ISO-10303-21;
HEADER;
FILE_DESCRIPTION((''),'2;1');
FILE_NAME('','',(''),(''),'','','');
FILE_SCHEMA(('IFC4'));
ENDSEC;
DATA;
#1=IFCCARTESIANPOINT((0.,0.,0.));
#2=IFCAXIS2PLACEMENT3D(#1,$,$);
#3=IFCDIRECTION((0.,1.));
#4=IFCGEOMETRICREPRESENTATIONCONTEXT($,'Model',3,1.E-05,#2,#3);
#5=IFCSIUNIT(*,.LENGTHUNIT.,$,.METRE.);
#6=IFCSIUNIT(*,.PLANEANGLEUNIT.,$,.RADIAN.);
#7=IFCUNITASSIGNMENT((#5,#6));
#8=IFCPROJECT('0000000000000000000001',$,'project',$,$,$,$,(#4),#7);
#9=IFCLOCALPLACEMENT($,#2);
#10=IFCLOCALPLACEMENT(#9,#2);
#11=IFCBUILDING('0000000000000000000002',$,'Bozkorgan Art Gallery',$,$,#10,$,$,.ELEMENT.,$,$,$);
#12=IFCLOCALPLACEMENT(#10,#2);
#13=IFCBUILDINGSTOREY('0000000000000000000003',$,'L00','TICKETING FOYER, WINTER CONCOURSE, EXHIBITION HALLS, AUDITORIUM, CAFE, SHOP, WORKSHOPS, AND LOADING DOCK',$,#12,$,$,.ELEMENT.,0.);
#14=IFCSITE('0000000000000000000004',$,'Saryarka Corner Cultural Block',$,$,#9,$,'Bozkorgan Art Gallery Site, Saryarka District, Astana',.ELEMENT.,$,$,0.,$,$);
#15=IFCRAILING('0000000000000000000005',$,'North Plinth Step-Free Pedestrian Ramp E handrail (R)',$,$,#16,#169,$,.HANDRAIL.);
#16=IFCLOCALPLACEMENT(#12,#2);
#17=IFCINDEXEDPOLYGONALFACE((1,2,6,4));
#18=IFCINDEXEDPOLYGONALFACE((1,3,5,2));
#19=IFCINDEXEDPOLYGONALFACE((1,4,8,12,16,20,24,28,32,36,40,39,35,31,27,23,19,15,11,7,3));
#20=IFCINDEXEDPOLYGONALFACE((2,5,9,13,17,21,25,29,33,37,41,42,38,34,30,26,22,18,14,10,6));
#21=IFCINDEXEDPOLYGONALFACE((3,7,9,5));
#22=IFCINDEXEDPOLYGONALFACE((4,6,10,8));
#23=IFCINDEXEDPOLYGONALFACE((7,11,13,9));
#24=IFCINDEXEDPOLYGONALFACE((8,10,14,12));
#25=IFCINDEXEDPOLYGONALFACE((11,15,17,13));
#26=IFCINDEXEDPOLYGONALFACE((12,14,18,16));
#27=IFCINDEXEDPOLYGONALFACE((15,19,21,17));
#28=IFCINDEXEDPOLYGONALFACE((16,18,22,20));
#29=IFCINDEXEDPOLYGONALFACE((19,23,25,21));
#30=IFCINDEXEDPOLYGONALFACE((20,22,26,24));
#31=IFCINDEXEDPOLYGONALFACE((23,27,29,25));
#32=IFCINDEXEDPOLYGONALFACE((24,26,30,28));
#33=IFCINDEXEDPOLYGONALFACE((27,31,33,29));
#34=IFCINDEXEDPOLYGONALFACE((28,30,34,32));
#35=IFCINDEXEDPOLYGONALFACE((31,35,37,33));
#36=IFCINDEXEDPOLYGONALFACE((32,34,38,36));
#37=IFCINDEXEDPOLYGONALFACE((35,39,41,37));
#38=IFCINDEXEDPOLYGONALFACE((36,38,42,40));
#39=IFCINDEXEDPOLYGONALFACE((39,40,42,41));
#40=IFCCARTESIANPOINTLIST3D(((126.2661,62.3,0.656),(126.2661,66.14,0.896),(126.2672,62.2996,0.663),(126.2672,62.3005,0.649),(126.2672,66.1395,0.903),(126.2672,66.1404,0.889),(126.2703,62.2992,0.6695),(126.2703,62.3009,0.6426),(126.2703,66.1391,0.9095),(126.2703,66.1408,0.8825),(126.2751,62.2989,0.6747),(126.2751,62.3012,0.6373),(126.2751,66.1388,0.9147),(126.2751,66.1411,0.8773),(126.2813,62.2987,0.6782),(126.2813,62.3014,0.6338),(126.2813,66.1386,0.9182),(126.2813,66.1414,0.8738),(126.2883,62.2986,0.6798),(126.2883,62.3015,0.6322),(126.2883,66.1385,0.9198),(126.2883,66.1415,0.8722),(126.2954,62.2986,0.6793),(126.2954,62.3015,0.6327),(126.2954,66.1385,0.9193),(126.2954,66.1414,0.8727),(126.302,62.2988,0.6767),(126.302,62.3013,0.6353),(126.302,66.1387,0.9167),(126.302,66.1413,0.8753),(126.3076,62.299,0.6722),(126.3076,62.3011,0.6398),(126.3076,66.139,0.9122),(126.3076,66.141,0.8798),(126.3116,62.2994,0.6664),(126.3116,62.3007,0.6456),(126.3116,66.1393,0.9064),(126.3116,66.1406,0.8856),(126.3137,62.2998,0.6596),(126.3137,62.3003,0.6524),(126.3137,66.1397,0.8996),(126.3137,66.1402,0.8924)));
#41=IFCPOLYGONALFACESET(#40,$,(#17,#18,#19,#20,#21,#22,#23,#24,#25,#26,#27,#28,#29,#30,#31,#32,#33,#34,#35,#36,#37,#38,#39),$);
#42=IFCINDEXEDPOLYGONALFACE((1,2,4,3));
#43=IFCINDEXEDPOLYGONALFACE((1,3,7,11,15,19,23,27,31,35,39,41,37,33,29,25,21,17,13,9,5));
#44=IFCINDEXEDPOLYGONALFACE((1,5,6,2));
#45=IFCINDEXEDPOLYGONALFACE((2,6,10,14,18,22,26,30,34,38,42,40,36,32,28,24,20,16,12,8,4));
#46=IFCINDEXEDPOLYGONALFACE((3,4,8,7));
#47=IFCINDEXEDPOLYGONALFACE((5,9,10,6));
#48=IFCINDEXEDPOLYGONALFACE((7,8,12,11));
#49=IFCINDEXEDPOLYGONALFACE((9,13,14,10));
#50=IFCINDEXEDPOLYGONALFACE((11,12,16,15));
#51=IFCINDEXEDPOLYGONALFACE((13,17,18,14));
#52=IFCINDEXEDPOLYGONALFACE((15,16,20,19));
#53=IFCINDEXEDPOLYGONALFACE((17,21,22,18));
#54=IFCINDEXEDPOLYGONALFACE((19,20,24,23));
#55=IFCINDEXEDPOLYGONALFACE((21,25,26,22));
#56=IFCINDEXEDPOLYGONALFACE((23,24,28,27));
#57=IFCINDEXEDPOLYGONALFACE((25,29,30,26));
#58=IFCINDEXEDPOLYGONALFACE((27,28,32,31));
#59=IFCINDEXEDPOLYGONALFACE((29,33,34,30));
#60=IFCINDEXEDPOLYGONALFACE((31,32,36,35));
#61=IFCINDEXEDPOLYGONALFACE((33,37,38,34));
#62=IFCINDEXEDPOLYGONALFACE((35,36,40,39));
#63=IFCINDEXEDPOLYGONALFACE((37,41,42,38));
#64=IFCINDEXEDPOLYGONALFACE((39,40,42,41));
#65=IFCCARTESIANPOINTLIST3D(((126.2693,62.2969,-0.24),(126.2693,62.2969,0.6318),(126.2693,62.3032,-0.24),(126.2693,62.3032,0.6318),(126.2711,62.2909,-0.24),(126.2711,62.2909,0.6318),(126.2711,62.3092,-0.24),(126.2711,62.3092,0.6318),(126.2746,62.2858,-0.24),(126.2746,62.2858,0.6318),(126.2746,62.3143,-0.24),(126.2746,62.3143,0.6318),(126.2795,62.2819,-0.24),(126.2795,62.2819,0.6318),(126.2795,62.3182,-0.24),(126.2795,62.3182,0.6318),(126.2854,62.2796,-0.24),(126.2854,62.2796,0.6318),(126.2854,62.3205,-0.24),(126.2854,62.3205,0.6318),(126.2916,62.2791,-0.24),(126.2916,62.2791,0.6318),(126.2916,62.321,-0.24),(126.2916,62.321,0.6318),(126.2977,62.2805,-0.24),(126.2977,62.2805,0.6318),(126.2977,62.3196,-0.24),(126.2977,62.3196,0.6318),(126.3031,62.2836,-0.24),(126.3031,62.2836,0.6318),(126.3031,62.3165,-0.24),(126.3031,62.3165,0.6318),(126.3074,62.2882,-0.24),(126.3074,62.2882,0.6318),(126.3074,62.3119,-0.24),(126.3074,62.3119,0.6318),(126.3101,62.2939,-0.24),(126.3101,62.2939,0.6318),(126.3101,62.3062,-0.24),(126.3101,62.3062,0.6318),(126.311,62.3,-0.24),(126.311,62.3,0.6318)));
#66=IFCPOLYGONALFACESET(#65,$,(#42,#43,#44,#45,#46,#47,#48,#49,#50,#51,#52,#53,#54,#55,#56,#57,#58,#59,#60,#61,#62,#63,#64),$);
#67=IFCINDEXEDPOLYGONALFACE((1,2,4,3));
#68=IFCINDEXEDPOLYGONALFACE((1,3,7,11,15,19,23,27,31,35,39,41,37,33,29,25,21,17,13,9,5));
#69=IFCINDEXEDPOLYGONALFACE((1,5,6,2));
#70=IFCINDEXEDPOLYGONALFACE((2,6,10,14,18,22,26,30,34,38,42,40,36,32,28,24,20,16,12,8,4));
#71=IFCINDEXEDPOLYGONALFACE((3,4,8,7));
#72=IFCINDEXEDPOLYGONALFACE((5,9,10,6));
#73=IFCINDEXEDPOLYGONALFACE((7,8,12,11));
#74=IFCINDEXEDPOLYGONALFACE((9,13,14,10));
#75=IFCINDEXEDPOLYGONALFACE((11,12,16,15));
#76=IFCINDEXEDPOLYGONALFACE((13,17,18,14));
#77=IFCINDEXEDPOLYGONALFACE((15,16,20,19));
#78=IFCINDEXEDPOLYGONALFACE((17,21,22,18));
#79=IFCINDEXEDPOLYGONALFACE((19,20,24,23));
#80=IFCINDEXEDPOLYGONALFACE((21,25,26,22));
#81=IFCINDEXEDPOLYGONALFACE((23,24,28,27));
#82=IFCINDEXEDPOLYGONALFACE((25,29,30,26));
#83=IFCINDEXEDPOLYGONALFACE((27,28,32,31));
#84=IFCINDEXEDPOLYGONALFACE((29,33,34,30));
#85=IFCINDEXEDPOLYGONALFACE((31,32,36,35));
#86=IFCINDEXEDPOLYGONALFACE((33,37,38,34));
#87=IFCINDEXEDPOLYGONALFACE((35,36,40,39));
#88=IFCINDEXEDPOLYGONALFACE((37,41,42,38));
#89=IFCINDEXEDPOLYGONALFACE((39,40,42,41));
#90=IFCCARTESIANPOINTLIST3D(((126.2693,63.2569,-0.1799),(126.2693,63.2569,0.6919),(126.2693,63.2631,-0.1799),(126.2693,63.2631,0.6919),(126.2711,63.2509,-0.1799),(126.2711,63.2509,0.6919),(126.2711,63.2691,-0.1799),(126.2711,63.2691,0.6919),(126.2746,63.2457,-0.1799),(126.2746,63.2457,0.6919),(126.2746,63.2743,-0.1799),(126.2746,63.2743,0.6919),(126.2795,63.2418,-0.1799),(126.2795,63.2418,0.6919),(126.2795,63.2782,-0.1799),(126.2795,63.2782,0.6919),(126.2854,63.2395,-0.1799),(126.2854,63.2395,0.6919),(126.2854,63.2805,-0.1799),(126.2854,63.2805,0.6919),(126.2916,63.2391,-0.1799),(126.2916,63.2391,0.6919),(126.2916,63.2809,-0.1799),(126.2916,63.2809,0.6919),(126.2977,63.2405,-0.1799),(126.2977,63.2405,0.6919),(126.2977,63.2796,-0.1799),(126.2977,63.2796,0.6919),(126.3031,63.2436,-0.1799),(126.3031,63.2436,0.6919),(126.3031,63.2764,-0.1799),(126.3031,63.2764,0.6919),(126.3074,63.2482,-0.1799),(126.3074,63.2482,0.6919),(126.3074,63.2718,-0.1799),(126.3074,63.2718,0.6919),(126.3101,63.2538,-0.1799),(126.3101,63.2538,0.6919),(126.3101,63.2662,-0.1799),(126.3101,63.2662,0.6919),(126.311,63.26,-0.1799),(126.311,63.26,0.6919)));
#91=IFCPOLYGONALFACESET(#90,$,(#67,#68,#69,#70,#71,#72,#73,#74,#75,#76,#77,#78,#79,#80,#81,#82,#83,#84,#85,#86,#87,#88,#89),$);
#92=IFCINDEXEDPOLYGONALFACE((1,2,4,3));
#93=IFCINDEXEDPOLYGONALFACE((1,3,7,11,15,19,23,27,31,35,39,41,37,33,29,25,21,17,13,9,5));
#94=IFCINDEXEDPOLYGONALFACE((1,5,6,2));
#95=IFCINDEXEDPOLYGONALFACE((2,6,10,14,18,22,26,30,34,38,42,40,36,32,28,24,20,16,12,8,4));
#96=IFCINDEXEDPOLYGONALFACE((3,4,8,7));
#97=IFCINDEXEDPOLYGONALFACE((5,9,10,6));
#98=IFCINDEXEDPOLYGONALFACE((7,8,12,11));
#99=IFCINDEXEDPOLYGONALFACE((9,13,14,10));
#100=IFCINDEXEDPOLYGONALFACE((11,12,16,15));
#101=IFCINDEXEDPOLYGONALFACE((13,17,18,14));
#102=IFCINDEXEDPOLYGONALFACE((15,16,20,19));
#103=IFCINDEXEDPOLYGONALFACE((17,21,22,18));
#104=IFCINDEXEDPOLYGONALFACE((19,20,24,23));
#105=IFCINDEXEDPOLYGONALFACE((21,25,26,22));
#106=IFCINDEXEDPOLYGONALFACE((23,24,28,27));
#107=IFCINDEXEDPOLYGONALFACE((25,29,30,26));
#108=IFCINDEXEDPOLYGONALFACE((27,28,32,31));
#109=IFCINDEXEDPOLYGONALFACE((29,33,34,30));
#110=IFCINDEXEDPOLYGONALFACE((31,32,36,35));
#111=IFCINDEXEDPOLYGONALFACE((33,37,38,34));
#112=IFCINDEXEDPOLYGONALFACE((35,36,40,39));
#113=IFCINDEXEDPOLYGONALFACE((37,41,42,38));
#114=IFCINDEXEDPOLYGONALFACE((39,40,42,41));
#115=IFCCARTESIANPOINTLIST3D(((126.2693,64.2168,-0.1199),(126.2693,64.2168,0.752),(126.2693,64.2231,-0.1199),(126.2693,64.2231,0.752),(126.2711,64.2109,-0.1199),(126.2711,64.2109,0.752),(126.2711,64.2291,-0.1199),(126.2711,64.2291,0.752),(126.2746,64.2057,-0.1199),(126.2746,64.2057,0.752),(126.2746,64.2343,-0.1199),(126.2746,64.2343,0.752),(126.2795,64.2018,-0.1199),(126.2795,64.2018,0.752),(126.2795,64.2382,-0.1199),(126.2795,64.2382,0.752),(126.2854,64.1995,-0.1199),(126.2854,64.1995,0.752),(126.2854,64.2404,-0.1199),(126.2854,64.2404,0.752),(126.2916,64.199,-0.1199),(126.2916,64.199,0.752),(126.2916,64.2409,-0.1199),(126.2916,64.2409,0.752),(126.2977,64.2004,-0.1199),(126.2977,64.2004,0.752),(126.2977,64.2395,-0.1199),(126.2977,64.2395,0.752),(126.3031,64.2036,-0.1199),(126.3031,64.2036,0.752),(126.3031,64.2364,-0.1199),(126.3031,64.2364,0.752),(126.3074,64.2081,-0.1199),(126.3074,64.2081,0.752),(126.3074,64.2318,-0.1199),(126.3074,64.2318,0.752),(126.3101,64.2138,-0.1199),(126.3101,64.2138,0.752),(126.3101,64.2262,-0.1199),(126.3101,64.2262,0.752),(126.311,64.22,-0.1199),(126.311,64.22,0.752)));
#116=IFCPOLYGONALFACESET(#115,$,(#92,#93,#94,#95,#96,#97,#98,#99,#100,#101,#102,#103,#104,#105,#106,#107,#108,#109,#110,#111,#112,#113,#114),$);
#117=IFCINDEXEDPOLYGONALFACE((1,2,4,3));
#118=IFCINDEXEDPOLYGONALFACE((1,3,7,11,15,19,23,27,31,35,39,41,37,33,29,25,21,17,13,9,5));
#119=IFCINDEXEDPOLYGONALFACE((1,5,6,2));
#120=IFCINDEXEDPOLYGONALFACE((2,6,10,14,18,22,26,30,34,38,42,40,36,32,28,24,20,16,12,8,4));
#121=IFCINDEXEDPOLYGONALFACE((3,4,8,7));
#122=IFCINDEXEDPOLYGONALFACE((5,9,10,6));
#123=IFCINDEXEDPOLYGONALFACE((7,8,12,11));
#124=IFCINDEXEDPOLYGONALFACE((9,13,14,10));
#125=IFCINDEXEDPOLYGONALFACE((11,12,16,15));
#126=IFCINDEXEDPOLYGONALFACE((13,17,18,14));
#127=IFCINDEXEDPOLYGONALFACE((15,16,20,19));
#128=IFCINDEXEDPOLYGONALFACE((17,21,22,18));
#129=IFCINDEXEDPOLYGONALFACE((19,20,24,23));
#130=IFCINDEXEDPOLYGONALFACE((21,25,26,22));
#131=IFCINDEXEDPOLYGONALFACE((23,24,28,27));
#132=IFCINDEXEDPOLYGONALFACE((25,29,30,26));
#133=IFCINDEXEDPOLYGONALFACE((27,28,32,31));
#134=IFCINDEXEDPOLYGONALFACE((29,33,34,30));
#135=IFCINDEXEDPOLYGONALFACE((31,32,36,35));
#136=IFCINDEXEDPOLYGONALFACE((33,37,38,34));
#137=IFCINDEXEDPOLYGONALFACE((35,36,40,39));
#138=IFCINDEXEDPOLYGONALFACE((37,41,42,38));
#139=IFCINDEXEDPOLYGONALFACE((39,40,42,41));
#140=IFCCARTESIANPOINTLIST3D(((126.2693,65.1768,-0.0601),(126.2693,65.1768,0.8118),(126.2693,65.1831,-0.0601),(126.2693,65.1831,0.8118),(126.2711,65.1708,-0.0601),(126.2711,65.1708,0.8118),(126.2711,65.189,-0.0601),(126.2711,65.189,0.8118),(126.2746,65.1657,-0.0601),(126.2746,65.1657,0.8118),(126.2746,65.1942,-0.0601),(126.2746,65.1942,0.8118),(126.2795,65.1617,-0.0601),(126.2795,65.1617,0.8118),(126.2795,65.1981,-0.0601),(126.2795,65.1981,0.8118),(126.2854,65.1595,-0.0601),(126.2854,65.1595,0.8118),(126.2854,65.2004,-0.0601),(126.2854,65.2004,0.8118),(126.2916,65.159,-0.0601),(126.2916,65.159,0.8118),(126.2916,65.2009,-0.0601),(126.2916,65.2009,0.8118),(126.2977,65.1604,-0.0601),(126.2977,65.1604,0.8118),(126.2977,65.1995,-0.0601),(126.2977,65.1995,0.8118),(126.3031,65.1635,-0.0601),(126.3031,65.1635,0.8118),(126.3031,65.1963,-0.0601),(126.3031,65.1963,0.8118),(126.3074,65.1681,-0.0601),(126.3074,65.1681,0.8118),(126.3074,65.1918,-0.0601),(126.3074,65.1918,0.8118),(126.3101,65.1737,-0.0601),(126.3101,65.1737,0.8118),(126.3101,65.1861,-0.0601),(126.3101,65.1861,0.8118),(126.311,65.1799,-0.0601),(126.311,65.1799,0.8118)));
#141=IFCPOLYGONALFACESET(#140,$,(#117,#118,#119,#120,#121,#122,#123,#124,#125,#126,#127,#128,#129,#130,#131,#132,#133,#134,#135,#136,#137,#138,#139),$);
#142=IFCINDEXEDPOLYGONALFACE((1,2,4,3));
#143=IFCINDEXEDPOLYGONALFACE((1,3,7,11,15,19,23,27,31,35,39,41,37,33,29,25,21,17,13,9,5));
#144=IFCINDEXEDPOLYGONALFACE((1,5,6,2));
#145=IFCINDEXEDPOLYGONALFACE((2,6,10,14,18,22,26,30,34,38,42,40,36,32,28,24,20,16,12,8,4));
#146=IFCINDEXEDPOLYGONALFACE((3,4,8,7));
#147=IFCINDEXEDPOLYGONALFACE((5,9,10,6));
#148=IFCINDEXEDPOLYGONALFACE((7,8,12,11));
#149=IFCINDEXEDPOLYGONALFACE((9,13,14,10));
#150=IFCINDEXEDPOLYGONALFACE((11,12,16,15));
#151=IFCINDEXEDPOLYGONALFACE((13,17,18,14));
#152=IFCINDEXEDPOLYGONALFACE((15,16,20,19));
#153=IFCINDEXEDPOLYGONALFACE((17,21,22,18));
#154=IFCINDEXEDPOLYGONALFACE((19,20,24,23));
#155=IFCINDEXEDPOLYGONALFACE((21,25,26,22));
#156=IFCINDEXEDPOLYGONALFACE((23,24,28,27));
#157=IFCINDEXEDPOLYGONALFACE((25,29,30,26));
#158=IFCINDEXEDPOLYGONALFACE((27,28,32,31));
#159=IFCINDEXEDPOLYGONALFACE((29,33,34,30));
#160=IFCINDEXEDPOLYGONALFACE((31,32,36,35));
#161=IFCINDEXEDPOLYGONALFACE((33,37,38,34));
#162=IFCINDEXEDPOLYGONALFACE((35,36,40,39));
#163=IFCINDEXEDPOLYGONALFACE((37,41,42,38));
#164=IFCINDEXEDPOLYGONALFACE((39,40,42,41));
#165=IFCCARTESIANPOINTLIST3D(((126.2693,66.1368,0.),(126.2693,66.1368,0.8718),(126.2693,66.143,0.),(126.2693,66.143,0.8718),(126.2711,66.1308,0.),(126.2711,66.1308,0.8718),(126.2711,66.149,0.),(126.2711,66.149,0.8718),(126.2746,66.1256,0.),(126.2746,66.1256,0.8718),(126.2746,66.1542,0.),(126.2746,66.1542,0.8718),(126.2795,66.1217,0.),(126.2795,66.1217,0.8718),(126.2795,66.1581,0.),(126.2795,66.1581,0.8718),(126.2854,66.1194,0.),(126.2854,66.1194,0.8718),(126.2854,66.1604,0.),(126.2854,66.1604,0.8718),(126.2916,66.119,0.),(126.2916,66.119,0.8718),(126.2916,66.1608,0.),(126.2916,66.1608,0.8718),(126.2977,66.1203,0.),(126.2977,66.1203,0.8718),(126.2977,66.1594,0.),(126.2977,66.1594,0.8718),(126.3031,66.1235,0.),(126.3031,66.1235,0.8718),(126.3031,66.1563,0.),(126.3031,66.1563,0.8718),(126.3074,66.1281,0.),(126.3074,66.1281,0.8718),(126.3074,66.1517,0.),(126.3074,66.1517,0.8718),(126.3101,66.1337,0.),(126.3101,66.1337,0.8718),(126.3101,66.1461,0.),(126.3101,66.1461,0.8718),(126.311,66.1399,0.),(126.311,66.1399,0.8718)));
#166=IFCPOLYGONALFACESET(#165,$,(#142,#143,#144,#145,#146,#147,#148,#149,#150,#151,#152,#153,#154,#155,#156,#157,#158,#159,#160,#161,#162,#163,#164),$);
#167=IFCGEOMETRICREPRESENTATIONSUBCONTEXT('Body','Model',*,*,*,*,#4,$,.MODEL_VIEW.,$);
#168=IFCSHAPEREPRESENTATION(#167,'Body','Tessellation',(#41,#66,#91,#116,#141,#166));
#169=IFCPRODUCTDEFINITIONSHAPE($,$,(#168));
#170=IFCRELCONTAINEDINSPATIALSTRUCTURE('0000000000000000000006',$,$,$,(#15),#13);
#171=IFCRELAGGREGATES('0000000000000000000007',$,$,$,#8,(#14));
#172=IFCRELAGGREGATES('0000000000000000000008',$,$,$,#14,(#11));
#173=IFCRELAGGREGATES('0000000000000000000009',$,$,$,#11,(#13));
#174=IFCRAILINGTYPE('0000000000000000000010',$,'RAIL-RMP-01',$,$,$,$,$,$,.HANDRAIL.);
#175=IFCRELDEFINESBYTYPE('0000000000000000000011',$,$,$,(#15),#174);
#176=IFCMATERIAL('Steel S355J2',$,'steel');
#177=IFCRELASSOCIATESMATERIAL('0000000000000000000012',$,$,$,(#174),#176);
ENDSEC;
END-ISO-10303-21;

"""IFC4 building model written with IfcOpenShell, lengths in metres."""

from ifc_helpers import new_model, si_unit, direction, frame, origin, origin_2d, place, context, subcontext, project, spatial, circle, extrude, material, type_object, element, save


model = new_model("IFC4")

# Units and contexts
model_context = context("Model", 3, precision=1e-05, world=origin(), true_north=direction((0.0, 1.0)))
body_context = subcontext(model_context, "Body", "Model", "MODEL_VIEW")
ifc_project = project(units=[si_unit("LENGTHUNIT", "METRE"), si_unit("PLANEANGLEUNIT", "RADIAN")], contexts=[model_context])

# Site, building, storey
site_placement = place(None, origin())
site = spatial("IfcSite", under=ifc_project, at=site_placement, Name="Saryarka Corner Cultural Block", LongName="Bozkorgan Art Gallery Site, Saryarka District, Astana", CompositionType="ELEMENT", RefElevation=0.0)
building_placement = place(site_placement, origin())
building = spatial("IfcBuilding", under=site, at=building_placement, Name="Bozkorgan Art Gallery", CompositionType="ELEMENT")
storey_placement = place(building_placement, origin())
storey = spatial("IfcBuildingStorey", under=building, at=storey_placement, Name="L00", Description="TICKETING FOYER, WINTER CONCOURSE, EXHIBITION HALLS, AUDITORIUM, CAFE, SHOP, WORKSHOPS, AND LOADING DOCK", CompositionType="ELEMENT", Elevation=0.0)

# Shared definitions
ifc_material_1 = material(Name="Steel S355J2", Category="steel")

# Railing
railing_type = type_object("IfcRailingType", Name="RAIL-RMP-01", PredefinedType="HANDRAIL", material=ifc_material_1)
railing_placement = place(storey_placement, frame((126.29, 62.3, -0.24)))
element("IfcRailing", 1, at=railing_placement, inside=storey, type_object=railing_type, Name="North Plinth Step-Free Pedestrian Ramp E handrail (R)", PredefinedType="HANDRAIL", context=body_context, shape_type="SweptSolid", body=[
    extrude(circle(Radius=0.0239, at=origin_2d()), frame((0.0, 0.0, 0.896), z_axis=(0.0, 0.998053, 0.062378), x_axis=(-1.0, 0.0, 0.0)), (0.0, 0.0, 1.0), 3.8474),
    extrude(circle(Radius=0.021, at=origin_2d()), origin(), (0.0, 0.0, 1.0), 0.8718),
    extrude(circle(Radius=0.021, at=origin_2d()), frame((0.0, 0.96, 0.0601)), (0.0, 0.0, 1.0), 0.8718),
    extrude(circle(Radius=0.021, at=origin_2d()), frame((0.0, 1.9199, 0.1201)), (0.0, 0.0, 1.0), 0.8718),
    extrude(circle(Radius=0.021, at=origin_2d()), frame((0.0, 2.8799, 0.1799)), (0.0, 0.0, 1.0), 0.8718),
    extrude(circle(Radius=0.021, at=origin_2d()), frame((0.0, 3.8398, 0.24)), (0.0, 0.0, 1.0), 0.8718),
])

save(model, "model.ifc")
